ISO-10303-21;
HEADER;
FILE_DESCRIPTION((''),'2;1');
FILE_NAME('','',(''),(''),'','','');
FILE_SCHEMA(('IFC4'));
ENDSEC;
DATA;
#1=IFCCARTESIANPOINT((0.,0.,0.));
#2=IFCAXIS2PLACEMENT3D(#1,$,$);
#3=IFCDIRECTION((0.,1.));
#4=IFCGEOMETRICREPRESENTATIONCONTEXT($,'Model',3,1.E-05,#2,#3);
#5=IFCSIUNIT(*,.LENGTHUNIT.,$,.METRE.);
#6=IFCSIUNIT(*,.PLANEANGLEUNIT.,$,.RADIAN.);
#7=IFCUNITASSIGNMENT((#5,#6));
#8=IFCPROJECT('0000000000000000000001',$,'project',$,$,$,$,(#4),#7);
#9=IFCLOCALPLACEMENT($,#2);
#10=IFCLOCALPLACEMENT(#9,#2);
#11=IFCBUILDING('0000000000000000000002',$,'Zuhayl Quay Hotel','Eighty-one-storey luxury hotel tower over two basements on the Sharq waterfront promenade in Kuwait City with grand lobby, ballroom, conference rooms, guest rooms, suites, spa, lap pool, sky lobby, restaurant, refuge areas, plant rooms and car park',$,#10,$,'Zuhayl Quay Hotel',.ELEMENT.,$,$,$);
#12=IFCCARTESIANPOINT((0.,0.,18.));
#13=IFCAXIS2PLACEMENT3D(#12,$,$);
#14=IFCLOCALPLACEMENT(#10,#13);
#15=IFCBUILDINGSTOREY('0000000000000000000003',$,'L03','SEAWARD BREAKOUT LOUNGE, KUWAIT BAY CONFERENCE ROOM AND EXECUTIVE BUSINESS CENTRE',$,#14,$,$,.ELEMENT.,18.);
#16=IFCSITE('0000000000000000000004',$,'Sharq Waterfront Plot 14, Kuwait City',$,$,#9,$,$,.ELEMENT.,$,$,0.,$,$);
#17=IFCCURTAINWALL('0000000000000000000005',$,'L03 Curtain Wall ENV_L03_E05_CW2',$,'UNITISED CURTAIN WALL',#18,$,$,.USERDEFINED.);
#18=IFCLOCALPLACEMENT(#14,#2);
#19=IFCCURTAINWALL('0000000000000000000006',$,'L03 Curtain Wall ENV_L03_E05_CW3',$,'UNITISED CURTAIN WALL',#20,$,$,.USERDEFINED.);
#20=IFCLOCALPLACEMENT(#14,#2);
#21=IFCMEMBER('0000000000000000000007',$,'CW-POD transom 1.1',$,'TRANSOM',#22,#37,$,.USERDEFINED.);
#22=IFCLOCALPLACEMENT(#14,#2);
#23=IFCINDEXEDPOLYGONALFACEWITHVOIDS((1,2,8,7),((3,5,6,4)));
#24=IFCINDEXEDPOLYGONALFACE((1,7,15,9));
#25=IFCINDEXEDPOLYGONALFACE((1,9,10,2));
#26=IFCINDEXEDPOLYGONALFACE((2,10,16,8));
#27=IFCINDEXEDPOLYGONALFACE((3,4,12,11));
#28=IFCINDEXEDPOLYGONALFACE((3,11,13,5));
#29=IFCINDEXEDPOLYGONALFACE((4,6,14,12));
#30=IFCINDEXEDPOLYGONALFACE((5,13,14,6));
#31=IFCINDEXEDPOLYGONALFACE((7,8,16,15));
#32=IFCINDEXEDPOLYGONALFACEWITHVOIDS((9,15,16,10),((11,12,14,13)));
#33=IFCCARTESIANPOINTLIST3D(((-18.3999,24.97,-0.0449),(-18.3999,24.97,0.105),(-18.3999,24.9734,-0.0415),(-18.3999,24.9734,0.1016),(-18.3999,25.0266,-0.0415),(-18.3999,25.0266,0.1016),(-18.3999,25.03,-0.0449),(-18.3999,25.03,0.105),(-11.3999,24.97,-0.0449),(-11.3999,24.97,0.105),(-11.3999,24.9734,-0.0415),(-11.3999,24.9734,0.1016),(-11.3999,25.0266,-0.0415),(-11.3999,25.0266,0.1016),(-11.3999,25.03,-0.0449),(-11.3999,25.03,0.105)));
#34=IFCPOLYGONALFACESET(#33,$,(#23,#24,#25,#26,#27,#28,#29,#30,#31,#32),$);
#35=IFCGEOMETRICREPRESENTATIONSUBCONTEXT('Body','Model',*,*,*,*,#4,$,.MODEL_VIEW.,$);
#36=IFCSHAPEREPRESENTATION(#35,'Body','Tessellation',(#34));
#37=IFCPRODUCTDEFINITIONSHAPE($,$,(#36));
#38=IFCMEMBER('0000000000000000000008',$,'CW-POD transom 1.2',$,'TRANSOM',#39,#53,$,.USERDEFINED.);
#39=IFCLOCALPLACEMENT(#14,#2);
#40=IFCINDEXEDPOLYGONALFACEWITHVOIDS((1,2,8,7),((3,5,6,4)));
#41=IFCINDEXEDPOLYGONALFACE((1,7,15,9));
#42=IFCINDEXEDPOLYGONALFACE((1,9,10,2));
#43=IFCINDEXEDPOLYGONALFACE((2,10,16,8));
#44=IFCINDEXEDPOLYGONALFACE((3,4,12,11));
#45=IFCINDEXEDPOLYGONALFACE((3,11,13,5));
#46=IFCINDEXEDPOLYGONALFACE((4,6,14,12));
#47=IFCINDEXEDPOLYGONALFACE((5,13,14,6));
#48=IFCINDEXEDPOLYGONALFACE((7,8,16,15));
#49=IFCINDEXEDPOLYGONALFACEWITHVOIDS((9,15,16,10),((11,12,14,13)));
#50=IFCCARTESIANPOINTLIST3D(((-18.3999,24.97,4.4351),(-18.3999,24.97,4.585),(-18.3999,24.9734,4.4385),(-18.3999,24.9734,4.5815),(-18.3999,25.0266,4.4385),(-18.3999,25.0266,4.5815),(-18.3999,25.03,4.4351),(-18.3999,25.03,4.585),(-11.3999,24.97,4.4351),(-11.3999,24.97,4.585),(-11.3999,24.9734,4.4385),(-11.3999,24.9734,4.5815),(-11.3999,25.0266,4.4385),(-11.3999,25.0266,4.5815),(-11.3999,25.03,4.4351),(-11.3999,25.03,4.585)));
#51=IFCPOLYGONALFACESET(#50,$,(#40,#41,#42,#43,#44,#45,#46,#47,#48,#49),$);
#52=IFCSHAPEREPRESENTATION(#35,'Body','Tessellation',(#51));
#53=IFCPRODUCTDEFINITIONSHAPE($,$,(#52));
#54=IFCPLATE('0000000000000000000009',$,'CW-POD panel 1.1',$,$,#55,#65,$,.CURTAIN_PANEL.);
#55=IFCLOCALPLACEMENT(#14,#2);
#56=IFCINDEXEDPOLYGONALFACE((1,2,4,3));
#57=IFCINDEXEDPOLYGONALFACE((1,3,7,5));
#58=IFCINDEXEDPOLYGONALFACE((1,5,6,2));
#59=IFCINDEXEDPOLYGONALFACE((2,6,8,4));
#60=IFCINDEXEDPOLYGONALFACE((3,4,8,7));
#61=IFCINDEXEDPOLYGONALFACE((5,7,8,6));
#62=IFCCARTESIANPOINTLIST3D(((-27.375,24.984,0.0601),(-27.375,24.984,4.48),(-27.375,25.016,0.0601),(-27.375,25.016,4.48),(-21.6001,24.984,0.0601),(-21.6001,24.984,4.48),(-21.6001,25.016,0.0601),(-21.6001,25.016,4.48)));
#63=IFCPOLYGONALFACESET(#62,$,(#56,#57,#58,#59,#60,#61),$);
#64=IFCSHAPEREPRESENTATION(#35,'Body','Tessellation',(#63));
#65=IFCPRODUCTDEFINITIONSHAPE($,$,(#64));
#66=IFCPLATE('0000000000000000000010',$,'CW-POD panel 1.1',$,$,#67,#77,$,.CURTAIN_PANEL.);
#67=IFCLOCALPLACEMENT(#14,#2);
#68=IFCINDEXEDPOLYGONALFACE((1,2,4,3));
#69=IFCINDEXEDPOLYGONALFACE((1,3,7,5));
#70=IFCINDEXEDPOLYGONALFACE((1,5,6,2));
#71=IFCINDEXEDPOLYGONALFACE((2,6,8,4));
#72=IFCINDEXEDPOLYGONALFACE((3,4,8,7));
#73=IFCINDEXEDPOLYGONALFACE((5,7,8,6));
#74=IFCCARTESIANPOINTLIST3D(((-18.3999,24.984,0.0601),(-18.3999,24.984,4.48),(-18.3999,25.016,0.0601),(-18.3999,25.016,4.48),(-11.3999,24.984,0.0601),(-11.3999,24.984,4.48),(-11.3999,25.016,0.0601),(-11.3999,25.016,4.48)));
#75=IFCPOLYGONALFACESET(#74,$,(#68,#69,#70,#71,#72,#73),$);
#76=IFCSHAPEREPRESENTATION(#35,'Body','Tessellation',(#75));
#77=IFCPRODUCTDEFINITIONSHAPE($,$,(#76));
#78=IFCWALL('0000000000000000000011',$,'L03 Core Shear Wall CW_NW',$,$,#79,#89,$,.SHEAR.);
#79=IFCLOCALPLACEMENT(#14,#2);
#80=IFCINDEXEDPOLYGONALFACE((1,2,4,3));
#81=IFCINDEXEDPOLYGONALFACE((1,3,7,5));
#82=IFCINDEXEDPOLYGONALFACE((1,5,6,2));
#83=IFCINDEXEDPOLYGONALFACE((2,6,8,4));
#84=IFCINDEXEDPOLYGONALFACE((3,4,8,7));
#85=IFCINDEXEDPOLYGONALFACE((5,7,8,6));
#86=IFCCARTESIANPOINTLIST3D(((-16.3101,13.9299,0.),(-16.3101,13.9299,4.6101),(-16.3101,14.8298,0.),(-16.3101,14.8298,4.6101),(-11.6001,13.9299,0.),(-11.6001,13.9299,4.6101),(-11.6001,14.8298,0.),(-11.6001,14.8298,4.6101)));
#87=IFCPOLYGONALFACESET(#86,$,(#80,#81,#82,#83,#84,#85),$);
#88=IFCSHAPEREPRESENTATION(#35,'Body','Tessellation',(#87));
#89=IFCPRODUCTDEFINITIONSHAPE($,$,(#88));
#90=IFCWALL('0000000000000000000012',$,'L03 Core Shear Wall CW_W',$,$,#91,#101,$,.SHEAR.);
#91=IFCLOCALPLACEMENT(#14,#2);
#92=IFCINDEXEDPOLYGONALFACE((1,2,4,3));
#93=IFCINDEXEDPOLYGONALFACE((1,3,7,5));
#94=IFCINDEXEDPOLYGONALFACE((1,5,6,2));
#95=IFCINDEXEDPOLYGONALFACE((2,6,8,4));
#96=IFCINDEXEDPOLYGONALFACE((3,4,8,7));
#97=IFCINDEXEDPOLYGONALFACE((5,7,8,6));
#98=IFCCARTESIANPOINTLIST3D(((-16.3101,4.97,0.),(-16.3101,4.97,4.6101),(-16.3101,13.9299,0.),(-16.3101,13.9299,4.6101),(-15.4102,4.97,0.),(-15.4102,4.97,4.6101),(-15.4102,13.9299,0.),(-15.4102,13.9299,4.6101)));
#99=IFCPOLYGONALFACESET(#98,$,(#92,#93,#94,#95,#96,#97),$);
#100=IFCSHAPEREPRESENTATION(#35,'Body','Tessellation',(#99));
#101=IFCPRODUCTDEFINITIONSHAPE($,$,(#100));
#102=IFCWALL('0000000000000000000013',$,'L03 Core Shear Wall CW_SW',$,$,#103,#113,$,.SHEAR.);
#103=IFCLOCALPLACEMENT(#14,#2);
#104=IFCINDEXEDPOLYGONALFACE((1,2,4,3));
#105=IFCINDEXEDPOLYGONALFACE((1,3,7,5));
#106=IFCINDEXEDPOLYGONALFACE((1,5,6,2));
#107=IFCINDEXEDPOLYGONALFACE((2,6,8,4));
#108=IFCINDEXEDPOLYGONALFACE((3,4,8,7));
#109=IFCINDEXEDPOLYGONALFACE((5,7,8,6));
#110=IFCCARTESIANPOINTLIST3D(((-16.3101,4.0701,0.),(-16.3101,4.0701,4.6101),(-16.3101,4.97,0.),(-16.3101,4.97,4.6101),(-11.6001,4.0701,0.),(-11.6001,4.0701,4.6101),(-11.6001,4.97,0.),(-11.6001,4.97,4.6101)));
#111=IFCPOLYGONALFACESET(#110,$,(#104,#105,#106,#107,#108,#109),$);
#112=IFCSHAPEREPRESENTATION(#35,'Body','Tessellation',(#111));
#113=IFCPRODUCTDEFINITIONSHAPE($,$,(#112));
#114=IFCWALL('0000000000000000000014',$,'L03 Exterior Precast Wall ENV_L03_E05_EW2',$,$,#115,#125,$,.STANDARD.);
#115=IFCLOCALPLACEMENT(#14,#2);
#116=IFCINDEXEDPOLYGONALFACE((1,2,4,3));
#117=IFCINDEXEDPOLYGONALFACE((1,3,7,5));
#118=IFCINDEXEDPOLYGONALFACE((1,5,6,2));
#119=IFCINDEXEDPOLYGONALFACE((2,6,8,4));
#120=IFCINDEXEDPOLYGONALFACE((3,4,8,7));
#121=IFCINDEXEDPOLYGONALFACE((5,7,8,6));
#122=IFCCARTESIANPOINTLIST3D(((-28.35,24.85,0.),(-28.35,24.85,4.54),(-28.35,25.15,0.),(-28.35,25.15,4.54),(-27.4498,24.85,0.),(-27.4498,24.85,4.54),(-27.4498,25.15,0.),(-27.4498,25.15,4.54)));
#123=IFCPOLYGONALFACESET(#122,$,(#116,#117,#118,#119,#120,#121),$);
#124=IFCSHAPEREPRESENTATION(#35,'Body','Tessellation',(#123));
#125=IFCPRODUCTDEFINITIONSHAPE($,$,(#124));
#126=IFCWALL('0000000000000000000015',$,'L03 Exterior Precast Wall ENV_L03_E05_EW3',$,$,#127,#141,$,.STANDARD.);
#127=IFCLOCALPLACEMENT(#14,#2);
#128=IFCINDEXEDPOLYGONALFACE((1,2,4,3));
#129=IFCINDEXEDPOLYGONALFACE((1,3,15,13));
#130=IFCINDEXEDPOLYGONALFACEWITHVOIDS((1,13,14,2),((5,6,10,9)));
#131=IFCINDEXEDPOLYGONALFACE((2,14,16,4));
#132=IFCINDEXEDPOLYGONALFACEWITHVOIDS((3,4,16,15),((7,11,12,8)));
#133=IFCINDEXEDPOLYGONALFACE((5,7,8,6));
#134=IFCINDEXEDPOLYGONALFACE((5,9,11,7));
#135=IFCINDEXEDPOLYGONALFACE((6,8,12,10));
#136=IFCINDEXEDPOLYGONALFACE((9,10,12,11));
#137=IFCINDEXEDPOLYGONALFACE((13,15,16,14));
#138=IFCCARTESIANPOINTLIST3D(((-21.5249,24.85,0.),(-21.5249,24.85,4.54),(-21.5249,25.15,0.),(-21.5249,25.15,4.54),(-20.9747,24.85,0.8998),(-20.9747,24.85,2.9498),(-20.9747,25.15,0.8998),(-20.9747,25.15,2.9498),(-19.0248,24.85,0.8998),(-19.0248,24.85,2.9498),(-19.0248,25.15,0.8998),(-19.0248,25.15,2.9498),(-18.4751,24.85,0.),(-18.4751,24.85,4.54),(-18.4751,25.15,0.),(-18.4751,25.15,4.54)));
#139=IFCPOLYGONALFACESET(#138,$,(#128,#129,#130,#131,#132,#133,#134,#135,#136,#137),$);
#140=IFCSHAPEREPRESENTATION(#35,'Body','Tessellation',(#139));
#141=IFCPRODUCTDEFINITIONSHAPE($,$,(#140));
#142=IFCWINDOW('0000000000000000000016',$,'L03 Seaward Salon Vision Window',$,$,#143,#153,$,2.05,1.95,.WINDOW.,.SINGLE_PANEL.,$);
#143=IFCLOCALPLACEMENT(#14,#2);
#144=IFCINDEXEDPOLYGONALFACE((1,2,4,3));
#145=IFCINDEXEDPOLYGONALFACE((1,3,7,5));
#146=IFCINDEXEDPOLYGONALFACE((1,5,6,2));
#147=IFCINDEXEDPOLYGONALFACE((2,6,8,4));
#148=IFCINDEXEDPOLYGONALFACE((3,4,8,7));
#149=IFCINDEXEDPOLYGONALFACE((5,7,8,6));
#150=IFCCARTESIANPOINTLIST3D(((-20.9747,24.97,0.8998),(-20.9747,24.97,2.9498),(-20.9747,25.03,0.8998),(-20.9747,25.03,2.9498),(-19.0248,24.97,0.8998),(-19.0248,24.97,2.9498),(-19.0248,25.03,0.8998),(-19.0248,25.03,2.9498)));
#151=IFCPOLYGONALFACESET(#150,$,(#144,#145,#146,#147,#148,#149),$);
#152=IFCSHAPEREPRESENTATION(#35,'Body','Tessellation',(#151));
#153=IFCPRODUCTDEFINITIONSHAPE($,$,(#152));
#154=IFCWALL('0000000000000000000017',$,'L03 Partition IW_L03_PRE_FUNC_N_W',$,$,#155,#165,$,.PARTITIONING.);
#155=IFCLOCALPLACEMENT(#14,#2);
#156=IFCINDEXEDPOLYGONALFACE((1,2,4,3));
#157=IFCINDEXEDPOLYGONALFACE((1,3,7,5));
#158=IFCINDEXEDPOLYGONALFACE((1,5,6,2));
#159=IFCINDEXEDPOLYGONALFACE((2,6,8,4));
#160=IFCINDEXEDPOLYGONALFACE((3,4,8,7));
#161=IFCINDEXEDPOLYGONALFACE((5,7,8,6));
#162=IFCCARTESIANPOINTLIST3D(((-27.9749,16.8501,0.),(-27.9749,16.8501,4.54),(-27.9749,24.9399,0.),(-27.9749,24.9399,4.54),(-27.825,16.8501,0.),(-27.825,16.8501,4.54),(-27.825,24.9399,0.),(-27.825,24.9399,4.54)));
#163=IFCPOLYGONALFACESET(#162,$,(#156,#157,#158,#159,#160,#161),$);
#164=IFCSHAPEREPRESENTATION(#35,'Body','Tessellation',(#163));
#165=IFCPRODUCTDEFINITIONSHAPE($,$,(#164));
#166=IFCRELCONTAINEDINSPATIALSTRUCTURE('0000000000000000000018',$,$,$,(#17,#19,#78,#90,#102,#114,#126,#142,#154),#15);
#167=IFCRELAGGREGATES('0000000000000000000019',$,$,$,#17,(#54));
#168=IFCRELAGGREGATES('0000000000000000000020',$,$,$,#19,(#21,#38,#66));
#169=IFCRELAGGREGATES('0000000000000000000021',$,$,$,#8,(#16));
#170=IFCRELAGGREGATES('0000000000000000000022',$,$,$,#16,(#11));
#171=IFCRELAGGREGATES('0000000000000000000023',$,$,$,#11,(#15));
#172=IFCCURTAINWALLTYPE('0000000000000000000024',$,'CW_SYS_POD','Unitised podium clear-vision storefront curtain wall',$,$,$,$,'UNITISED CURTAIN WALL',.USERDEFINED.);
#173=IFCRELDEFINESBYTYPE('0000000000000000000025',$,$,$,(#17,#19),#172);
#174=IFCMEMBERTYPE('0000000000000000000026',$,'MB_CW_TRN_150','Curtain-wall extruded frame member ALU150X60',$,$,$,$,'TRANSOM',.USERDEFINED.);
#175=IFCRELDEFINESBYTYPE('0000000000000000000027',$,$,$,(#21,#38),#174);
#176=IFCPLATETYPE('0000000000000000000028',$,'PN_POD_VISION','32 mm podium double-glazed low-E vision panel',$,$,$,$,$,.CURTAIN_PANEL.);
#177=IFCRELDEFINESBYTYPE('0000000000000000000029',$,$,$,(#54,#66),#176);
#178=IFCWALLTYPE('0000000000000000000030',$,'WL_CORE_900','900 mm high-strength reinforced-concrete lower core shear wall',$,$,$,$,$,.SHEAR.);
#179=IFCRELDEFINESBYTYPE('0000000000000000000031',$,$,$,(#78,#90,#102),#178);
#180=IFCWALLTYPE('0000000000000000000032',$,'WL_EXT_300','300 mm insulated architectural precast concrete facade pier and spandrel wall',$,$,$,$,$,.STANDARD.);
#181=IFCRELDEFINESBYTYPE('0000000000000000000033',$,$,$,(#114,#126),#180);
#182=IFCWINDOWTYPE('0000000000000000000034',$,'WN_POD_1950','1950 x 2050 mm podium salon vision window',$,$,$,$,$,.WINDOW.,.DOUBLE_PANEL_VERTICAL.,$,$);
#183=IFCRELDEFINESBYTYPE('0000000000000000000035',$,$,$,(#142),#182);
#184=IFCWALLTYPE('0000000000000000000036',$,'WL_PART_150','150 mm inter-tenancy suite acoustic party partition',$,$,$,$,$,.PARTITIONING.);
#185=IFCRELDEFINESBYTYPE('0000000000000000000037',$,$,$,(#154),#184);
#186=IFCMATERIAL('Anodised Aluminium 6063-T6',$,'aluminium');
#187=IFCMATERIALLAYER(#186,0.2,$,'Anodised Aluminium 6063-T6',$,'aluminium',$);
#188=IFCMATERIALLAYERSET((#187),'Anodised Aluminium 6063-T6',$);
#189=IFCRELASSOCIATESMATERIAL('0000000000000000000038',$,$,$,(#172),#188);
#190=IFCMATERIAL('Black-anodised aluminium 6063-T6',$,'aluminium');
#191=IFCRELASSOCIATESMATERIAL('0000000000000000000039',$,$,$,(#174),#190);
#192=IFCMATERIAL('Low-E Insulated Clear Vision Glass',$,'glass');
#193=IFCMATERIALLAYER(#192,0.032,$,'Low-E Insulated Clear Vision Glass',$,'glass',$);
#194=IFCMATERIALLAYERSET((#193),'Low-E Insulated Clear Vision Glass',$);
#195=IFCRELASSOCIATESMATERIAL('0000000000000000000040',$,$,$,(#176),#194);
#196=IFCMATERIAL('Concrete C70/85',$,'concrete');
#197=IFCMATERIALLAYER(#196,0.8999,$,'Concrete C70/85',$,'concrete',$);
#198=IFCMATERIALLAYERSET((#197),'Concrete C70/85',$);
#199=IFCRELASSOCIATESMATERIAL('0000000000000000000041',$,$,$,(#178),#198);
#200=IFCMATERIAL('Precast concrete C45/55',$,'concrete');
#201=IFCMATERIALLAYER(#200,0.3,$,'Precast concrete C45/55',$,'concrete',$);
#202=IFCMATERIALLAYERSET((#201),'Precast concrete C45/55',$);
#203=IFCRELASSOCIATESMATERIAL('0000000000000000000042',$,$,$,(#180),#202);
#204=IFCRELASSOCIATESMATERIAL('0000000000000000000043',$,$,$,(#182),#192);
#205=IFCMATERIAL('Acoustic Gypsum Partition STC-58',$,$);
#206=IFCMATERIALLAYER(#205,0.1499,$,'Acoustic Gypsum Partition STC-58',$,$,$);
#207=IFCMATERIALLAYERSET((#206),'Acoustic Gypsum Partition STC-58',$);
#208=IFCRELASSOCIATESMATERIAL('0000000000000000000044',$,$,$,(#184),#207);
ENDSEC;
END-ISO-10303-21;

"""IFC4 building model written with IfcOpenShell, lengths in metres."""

from ifc_helpers import new_model, si_unit, direction, frame, frame_2d, origin, origin_2d, place, context, subcontext, project, spatial, rectangle, hollow_rectangle, extrude, material, layer, layer_set, material_profile, profile_set, type_object, element, fill, aggregate, save


model = new_model("IFC4")

# Units and contexts
model_context = context("Model", 3, precision=1e-05, world=origin(), true_north=direction((0.0, 1.0)))
body_context = subcontext(model_context, "Body", "Model", "MODEL_VIEW")
ifc_project = project(units=[si_unit("LENGTHUNIT", "METRE"), si_unit("PLANEANGLEUNIT", "RADIAN")], contexts=[model_context])

# Site, building, storey
site_placement = place(None, origin())
site = spatial("IfcSite", under=ifc_project, at=site_placement, Name="Sharq Waterfront Plot 14, Kuwait City", CompositionType="ELEMENT", RefElevation=0.0)
building_placement = place(site_placement, origin())
building = spatial("IfcBuilding", under=site, at=building_placement, Name="Zuhayl Quay Hotel", Description="Eighty-one-storey luxury hotel tower over two basements on the Sharq waterfront promenade in Kuwait City with grand lobby, ballroom, conference rooms, guest rooms, suites, spa, lap pool, sky lobby, restaurant, refuge areas, plant rooms and car park", LongName="Zuhayl Quay Hotel", CompositionType="ELEMENT")
storey_placement = place(building_placement, frame((0.0, 0.0, 18.0)))
storey = spatial("IfcBuildingStorey", under=building, at=storey_placement, Name="L03", Description="SEAWARD BREAKOUT LOUNGE, KUWAIT BAY CONFERENCE ROOM AND EXECUTIVE BUSINESS CENTRE", CompositionType="ELEMENT", Elevation=18.0)

# Shared definitions
ifc_material_1 = material(Name="Concrete C70/85", Category="concrete")

# Shared definitions
ifc_material_2 = material(Name="Anodised Aluminium 6063-T6", Category="aluminium")
ifc_layer_1 = layer(ifc_material_2, 0.2, Name="Anodised Aluminium 6063-T6", Category="aluminium")
ifc_layer_set_1 = layer_set([ifc_layer_1], Name="Anodised Aluminium 6063-T6")
curtain_wall_type = type_object("IfcCurtainWallType", Name="CW_SYS_POD", Description="Unitised podium clear-vision storefront curtain wall", ElementType="UNITISED CURTAIN WALL", PredefinedType="USERDEFINED", material=ifc_layer_set_1)
ifc_material_3 = material(Name="Black-anodised aluminium 6063-T6", Category="aluminium")

# Curtain wall
curtain_wall_1_placement = place(storey_placement, origin())
curtain_wall_1 = element("IfcCurtainWall", 1, at=curtain_wall_1_placement, inside=storey, type_object=curtain_wall_type, Name="L03 Curtain Wall ENV_L03_E05_CW2", ObjectType="UNITISED CURTAIN WALL", PredefinedType="USERDEFINED")

# Curtain wall
curtain_wall_2_placement = place(storey_placement, origin())
curtain_wall_2 = element("IfcCurtainWall", 2, at=curtain_wall_2_placement, inside=storey, type_object=curtain_wall_type, Name="L03 Curtain Wall ENV_L03_E05_CW3", ObjectType="UNITISED CURTAIN WALL", PredefinedType="USERDEFINED")

# Members
ifc_material_profile_1 = material_profile(ifc_material_3, hollow_rectangle(XDim=0.0601, YDim=0.1499, WallThickness=0.0034, at=origin_2d()), Name="ALU150X60")
ifc_profile_set_1 = profile_set([ifc_material_profile_1], Name="Black-anodised aluminium 6063-T6")
member_type_1 = type_object("IfcMemberType", Name="MB_CW_TRN_150", Description="Curtain-wall extruded frame member ALU150X60", ElementType="TRANSOM", PredefinedType="USERDEFINED", material=ifc_profile_set_1)
member_1_placement = place(storey_placement, frame((-18.3999, 25.0, 0.03), z_axis=(1.0, 0.0, 0.0), x_axis=(0.0, 1.0, 0.0)))
member_1 = element("IfcMember", 3, at=member_1_placement, type_object=member_type_1, Name="CW-POD transom 1.1", ObjectType="TRANSOM", PredefinedType="USERDEFINED", context=body_context, shape_type="SweptSolid", body=[
    extrude(hollow_rectangle(XDim=0.0601, YDim=0.1499, WallThickness=0.0034, at=origin_2d()), origin(), (0.0, 0.0, 1.0), 7.0),
])
member_2_placement = place(storey_placement, frame((-18.3999, 25.0, 4.51), z_axis=(1.0, 0.0, 0.0), x_axis=(0.0, 1.0, 0.0)))
member_2 = element("IfcMember", 4, at=member_2_placement, type_object=member_type_1, Name="CW-POD transom 1.2", ObjectType="TRANSOM", PredefinedType="USERDEFINED", context=body_context, shape_type="SweptSolid", body=[
    extrude(hollow_rectangle(XDim=0.0601, YDim=0.1499, WallThickness=0.0034, at=origin_2d()), origin(), (0.0, 0.0, 1.0), 7.0),
])

# Plates
ifc_material_4 = material(Name="Low-E Insulated Clear Vision Glass", Category="glass")
ifc_layer_2 = layer(ifc_material_4, 0.032, Name="Low-E Insulated Clear Vision Glass", Category="glass")
ifc_layer_set_2 = layer_set([ifc_layer_2], Name="Low-E Insulated Clear Vision Glass")
plate_type = type_object("IfcPlateType", Name="PN_POD_VISION", Description="32 mm podium double-glazed low-E vision panel", PredefinedType="CURTAIN_PANEL", material=ifc_layer_set_2)
plate_1_placement = place(storey_placement, frame((-24.4875, 25.0, 0.0601), z_axis=(0.0, 0.0, 1.0), x_axis=(1.0, 0.0, 0.0)))
plate_1 = element("IfcPlate", 5, at=plate_1_placement, type_object=plate_type, Name="CW-POD panel 1.1", PredefinedType="CURTAIN_PANEL", context=body_context, shape_type="SweptSolid", body=[
    extrude(rectangle(XDim=5.7749, YDim=0.032, at=origin_2d()), origin(), (0.0, 0.0, 1.0), 4.4199),
])
aggregate(curtain_wall_1, [plate_1])
plate_2_placement = place(storey_placement, frame((-14.8999, 25.0, 0.0601), z_axis=(0.0, 0.0, 1.0), x_axis=(1.0, 0.0, 0.0)))
plate_2 = element("IfcPlate", 6, at=plate_2_placement, type_object=plate_type, Name="CW-POD panel 1.1", PredefinedType="CURTAIN_PANEL", context=body_context, shape_type="SweptSolid", body=[
    extrude(rectangle(XDim=7.0, YDim=0.032, at=origin_2d()), origin(), (0.0, 0.0, 1.0), 4.4199),
])
aggregate(curtain_wall_2, [member_1, member_2, plate_2])

# Walls
ifc_layer_3 = layer(ifc_material_1, 0.8999, Name="Concrete C70/85", Category="concrete")
ifc_layer_set_3 = layer_set([ifc_layer_3], Name="Concrete C70/85")
wall_type_1 = type_object("IfcWallType", Name="WL_CORE_900", Description="900 mm high-strength reinforced-concrete lower core shear wall", PredefinedType="SHEAR", material=ifc_layer_set_3)
wall_1_placement = place(storey_placement, frame((-16.3101, 14.3799, 0.0), z_axis=(0.0, 0.0, 1.0), x_axis=(1.0, 0.0, 0.0)))
element("IfcWall", 7, at=wall_1_placement, inside=storey, type_object=wall_type_1, Name="L03 Core Shear Wall CW_NW", PredefinedType="SHEAR", context=body_context, shape_type="SweptSolid", body=[
    extrude(rectangle(XDim=4.71, YDim=0.8999, at=frame_2d((2.355, 0.0))), origin(), (0.0, 0.0, 1.0), 4.6101),
])
wall_2_placement = place(storey_placement, frame((-15.8601, 4.97, 0.0), z_axis=(0.0, 0.0, 1.0), x_axis=(0.0, 1.0, 0.0)))
element("IfcWall", 8, at=wall_2_placement, inside=storey, type_object=wall_type_1, Name="L03 Core Shear Wall CW_W", PredefinedType="SHEAR", context=body_context, shape_type="SweptSolid", body=[
    extrude(rectangle(XDim=8.96, YDim=0.8999, at=frame_2d((4.48, 0.0))), origin(), (0.0, 0.0, 1.0), 4.6101),
])
wall_3_placement = place(storey_placement, frame((-16.3101, 4.52, 0.0), z_axis=(0.0, 0.0, 1.0), x_axis=(1.0, 0.0, 0.0)))
element("IfcWall", 9, at=wall_3_placement, inside=storey, type_object=wall_type_1, Name="L03 Core Shear Wall CW_SW", PredefinedType="SHEAR", context=body_context, shape_type="SweptSolid", body=[
    extrude(rectangle(XDim=4.71, YDim=0.8999, at=frame_2d((2.355, 0.0))), origin(), (0.0, 0.0, 1.0), 4.6101),
])
ifc_material_5 = material(Name="Precast concrete C45/55", Category="concrete")
ifc_layer_4 = layer(ifc_material_5, 0.3, Name="Precast concrete C45/55", Category="concrete")
ifc_layer_set_4 = layer_set([ifc_layer_4], Name="Precast concrete C45/55")
wall_type_2 = type_object("IfcWallType", Name="WL_EXT_300", Description="300 mm insulated architectural precast concrete facade pier and spandrel wall", PredefinedType="STANDARD", material=ifc_layer_set_4)
wall_4_placement = place(storey_placement, frame((-28.3501, 25.0, 0.0), z_axis=(0.0, 0.0, 1.0), x_axis=(1.0, 0.0, 0.0)))
element("IfcWall", 10, at=wall_4_placement, inside=storey, type_object=wall_type_2, Name="L03 Exterior Precast Wall ENV_L03_E05_EW2", PredefinedType="STANDARD", context=body_context, shape_type="SweptSolid", body=[
    extrude(rectangle(XDim=0.9001, YDim=0.3, at=frame_2d((0.4502, 0.0))), origin(), (0.0, 0.0, 1.0), 4.54),
])

# Wall, opening, window
wall_5_placement = place(storey_placement, frame((-21.5249, 25.0, 0.0), z_axis=(0.0, 0.0, 1.0), x_axis=(1.0, 0.0, 0.0)))
wall_5 = element("IfcWall", 11, at=wall_5_placement, inside=storey, type_object=wall_type_2, Name="L03 Exterior Precast Wall ENV_L03_E05_EW3", PredefinedType="STANDARD", context=body_context, shape_type="SweptSolid", body=[
    extrude(rectangle(XDim=3.0498, YDim=0.3, at=frame_2d((1.5249, 0.0))), origin(), (0.0, 0.0, 1.0), 4.54),
])
opening_1_placement = place(wall_5_placement, frame((0.55, 0.0, 0.8999)))
opening_1 = element("IfcOpeningElement", 12, at=opening_1_placement, cuts=wall_5, PredefinedType="OPENING", context=body_context, shape_type="SweptSolid", body=[
    extrude(rectangle(XDim=1.95, YDim=2.05, at=frame_2d((0.9751, 1.0249))), frame((0.0, 0.1599, 0.0), z_axis=(0.0, -1.0, 0.0), x_axis=(1.0, 0.0, 0.0)), (0.0, 0.0, 1.0), 0.3201),
])
window_type = type_object("IfcWindowType", Name="WN_POD_1950", Description="1950 x 2050 mm podium salon vision window", PartitioningType="DOUBLE_PANEL_VERTICAL", PredefinedType="WINDOW", material=ifc_material_4)
window_placement = place(opening_1_placement, origin())
window = element("IfcWindow", 13, at=window_placement, inside=storey, type_object=window_type, Name="L03 Seaward Salon Vision Window", OverallHeight=2.05, OverallWidth=1.95, PartitioningType="SINGLE_PANEL", PredefinedType="WINDOW", context=body_context, shape_type="SweptSolid", body=[
    extrude(rectangle(XDim=1.95, YDim=2.05, at=frame_2d((0.9751, 1.0249))), frame((0.0, 0.03, 0.0), z_axis=(0.0, -1.0, 0.0), x_axis=(1.0, 0.0, 0.0)), (0.0, 0.0, 1.0), 0.0601),
])
fill(opening_1, window)

# Wall
ifc_material_6 = material(Name="Acoustic Gypsum Partition STC-58")
ifc_layer_5 = layer(ifc_material_6, 0.1499, Name="Acoustic Gypsum Partition STC-58")
ifc_layer_set_5 = layer_set([ifc_layer_5], Name="Acoustic Gypsum Partition STC-58")
wall_type_3 = type_object("IfcWallType", Name="WL_PART_150", Description="150 mm inter-tenancy suite acoustic party partition", PredefinedType="PARTITIONING", material=ifc_layer_set_5)
wall_6_placement = place(storey_placement, frame((-27.8999, 16.8501, 0.0), z_axis=(0.0, 0.0, 1.0), x_axis=(0.0, 1.0, 0.0)))
element("IfcWall", 14, at=wall_6_placement, inside=storey, type_object=wall_type_3, Name="L03 Partition IW_L03_PRE_FUNC_N_W", PredefinedType="PARTITIONING", context=body_context, shape_type="SweptSolid", body=[
    extrude(rectangle(XDim=8.0898, YDim=0.1499, at=frame_2d((4.0449, 0.0))), origin(), (0.0, 0.0, 1.0), 4.54),
])

save(model, "model.ifc")
